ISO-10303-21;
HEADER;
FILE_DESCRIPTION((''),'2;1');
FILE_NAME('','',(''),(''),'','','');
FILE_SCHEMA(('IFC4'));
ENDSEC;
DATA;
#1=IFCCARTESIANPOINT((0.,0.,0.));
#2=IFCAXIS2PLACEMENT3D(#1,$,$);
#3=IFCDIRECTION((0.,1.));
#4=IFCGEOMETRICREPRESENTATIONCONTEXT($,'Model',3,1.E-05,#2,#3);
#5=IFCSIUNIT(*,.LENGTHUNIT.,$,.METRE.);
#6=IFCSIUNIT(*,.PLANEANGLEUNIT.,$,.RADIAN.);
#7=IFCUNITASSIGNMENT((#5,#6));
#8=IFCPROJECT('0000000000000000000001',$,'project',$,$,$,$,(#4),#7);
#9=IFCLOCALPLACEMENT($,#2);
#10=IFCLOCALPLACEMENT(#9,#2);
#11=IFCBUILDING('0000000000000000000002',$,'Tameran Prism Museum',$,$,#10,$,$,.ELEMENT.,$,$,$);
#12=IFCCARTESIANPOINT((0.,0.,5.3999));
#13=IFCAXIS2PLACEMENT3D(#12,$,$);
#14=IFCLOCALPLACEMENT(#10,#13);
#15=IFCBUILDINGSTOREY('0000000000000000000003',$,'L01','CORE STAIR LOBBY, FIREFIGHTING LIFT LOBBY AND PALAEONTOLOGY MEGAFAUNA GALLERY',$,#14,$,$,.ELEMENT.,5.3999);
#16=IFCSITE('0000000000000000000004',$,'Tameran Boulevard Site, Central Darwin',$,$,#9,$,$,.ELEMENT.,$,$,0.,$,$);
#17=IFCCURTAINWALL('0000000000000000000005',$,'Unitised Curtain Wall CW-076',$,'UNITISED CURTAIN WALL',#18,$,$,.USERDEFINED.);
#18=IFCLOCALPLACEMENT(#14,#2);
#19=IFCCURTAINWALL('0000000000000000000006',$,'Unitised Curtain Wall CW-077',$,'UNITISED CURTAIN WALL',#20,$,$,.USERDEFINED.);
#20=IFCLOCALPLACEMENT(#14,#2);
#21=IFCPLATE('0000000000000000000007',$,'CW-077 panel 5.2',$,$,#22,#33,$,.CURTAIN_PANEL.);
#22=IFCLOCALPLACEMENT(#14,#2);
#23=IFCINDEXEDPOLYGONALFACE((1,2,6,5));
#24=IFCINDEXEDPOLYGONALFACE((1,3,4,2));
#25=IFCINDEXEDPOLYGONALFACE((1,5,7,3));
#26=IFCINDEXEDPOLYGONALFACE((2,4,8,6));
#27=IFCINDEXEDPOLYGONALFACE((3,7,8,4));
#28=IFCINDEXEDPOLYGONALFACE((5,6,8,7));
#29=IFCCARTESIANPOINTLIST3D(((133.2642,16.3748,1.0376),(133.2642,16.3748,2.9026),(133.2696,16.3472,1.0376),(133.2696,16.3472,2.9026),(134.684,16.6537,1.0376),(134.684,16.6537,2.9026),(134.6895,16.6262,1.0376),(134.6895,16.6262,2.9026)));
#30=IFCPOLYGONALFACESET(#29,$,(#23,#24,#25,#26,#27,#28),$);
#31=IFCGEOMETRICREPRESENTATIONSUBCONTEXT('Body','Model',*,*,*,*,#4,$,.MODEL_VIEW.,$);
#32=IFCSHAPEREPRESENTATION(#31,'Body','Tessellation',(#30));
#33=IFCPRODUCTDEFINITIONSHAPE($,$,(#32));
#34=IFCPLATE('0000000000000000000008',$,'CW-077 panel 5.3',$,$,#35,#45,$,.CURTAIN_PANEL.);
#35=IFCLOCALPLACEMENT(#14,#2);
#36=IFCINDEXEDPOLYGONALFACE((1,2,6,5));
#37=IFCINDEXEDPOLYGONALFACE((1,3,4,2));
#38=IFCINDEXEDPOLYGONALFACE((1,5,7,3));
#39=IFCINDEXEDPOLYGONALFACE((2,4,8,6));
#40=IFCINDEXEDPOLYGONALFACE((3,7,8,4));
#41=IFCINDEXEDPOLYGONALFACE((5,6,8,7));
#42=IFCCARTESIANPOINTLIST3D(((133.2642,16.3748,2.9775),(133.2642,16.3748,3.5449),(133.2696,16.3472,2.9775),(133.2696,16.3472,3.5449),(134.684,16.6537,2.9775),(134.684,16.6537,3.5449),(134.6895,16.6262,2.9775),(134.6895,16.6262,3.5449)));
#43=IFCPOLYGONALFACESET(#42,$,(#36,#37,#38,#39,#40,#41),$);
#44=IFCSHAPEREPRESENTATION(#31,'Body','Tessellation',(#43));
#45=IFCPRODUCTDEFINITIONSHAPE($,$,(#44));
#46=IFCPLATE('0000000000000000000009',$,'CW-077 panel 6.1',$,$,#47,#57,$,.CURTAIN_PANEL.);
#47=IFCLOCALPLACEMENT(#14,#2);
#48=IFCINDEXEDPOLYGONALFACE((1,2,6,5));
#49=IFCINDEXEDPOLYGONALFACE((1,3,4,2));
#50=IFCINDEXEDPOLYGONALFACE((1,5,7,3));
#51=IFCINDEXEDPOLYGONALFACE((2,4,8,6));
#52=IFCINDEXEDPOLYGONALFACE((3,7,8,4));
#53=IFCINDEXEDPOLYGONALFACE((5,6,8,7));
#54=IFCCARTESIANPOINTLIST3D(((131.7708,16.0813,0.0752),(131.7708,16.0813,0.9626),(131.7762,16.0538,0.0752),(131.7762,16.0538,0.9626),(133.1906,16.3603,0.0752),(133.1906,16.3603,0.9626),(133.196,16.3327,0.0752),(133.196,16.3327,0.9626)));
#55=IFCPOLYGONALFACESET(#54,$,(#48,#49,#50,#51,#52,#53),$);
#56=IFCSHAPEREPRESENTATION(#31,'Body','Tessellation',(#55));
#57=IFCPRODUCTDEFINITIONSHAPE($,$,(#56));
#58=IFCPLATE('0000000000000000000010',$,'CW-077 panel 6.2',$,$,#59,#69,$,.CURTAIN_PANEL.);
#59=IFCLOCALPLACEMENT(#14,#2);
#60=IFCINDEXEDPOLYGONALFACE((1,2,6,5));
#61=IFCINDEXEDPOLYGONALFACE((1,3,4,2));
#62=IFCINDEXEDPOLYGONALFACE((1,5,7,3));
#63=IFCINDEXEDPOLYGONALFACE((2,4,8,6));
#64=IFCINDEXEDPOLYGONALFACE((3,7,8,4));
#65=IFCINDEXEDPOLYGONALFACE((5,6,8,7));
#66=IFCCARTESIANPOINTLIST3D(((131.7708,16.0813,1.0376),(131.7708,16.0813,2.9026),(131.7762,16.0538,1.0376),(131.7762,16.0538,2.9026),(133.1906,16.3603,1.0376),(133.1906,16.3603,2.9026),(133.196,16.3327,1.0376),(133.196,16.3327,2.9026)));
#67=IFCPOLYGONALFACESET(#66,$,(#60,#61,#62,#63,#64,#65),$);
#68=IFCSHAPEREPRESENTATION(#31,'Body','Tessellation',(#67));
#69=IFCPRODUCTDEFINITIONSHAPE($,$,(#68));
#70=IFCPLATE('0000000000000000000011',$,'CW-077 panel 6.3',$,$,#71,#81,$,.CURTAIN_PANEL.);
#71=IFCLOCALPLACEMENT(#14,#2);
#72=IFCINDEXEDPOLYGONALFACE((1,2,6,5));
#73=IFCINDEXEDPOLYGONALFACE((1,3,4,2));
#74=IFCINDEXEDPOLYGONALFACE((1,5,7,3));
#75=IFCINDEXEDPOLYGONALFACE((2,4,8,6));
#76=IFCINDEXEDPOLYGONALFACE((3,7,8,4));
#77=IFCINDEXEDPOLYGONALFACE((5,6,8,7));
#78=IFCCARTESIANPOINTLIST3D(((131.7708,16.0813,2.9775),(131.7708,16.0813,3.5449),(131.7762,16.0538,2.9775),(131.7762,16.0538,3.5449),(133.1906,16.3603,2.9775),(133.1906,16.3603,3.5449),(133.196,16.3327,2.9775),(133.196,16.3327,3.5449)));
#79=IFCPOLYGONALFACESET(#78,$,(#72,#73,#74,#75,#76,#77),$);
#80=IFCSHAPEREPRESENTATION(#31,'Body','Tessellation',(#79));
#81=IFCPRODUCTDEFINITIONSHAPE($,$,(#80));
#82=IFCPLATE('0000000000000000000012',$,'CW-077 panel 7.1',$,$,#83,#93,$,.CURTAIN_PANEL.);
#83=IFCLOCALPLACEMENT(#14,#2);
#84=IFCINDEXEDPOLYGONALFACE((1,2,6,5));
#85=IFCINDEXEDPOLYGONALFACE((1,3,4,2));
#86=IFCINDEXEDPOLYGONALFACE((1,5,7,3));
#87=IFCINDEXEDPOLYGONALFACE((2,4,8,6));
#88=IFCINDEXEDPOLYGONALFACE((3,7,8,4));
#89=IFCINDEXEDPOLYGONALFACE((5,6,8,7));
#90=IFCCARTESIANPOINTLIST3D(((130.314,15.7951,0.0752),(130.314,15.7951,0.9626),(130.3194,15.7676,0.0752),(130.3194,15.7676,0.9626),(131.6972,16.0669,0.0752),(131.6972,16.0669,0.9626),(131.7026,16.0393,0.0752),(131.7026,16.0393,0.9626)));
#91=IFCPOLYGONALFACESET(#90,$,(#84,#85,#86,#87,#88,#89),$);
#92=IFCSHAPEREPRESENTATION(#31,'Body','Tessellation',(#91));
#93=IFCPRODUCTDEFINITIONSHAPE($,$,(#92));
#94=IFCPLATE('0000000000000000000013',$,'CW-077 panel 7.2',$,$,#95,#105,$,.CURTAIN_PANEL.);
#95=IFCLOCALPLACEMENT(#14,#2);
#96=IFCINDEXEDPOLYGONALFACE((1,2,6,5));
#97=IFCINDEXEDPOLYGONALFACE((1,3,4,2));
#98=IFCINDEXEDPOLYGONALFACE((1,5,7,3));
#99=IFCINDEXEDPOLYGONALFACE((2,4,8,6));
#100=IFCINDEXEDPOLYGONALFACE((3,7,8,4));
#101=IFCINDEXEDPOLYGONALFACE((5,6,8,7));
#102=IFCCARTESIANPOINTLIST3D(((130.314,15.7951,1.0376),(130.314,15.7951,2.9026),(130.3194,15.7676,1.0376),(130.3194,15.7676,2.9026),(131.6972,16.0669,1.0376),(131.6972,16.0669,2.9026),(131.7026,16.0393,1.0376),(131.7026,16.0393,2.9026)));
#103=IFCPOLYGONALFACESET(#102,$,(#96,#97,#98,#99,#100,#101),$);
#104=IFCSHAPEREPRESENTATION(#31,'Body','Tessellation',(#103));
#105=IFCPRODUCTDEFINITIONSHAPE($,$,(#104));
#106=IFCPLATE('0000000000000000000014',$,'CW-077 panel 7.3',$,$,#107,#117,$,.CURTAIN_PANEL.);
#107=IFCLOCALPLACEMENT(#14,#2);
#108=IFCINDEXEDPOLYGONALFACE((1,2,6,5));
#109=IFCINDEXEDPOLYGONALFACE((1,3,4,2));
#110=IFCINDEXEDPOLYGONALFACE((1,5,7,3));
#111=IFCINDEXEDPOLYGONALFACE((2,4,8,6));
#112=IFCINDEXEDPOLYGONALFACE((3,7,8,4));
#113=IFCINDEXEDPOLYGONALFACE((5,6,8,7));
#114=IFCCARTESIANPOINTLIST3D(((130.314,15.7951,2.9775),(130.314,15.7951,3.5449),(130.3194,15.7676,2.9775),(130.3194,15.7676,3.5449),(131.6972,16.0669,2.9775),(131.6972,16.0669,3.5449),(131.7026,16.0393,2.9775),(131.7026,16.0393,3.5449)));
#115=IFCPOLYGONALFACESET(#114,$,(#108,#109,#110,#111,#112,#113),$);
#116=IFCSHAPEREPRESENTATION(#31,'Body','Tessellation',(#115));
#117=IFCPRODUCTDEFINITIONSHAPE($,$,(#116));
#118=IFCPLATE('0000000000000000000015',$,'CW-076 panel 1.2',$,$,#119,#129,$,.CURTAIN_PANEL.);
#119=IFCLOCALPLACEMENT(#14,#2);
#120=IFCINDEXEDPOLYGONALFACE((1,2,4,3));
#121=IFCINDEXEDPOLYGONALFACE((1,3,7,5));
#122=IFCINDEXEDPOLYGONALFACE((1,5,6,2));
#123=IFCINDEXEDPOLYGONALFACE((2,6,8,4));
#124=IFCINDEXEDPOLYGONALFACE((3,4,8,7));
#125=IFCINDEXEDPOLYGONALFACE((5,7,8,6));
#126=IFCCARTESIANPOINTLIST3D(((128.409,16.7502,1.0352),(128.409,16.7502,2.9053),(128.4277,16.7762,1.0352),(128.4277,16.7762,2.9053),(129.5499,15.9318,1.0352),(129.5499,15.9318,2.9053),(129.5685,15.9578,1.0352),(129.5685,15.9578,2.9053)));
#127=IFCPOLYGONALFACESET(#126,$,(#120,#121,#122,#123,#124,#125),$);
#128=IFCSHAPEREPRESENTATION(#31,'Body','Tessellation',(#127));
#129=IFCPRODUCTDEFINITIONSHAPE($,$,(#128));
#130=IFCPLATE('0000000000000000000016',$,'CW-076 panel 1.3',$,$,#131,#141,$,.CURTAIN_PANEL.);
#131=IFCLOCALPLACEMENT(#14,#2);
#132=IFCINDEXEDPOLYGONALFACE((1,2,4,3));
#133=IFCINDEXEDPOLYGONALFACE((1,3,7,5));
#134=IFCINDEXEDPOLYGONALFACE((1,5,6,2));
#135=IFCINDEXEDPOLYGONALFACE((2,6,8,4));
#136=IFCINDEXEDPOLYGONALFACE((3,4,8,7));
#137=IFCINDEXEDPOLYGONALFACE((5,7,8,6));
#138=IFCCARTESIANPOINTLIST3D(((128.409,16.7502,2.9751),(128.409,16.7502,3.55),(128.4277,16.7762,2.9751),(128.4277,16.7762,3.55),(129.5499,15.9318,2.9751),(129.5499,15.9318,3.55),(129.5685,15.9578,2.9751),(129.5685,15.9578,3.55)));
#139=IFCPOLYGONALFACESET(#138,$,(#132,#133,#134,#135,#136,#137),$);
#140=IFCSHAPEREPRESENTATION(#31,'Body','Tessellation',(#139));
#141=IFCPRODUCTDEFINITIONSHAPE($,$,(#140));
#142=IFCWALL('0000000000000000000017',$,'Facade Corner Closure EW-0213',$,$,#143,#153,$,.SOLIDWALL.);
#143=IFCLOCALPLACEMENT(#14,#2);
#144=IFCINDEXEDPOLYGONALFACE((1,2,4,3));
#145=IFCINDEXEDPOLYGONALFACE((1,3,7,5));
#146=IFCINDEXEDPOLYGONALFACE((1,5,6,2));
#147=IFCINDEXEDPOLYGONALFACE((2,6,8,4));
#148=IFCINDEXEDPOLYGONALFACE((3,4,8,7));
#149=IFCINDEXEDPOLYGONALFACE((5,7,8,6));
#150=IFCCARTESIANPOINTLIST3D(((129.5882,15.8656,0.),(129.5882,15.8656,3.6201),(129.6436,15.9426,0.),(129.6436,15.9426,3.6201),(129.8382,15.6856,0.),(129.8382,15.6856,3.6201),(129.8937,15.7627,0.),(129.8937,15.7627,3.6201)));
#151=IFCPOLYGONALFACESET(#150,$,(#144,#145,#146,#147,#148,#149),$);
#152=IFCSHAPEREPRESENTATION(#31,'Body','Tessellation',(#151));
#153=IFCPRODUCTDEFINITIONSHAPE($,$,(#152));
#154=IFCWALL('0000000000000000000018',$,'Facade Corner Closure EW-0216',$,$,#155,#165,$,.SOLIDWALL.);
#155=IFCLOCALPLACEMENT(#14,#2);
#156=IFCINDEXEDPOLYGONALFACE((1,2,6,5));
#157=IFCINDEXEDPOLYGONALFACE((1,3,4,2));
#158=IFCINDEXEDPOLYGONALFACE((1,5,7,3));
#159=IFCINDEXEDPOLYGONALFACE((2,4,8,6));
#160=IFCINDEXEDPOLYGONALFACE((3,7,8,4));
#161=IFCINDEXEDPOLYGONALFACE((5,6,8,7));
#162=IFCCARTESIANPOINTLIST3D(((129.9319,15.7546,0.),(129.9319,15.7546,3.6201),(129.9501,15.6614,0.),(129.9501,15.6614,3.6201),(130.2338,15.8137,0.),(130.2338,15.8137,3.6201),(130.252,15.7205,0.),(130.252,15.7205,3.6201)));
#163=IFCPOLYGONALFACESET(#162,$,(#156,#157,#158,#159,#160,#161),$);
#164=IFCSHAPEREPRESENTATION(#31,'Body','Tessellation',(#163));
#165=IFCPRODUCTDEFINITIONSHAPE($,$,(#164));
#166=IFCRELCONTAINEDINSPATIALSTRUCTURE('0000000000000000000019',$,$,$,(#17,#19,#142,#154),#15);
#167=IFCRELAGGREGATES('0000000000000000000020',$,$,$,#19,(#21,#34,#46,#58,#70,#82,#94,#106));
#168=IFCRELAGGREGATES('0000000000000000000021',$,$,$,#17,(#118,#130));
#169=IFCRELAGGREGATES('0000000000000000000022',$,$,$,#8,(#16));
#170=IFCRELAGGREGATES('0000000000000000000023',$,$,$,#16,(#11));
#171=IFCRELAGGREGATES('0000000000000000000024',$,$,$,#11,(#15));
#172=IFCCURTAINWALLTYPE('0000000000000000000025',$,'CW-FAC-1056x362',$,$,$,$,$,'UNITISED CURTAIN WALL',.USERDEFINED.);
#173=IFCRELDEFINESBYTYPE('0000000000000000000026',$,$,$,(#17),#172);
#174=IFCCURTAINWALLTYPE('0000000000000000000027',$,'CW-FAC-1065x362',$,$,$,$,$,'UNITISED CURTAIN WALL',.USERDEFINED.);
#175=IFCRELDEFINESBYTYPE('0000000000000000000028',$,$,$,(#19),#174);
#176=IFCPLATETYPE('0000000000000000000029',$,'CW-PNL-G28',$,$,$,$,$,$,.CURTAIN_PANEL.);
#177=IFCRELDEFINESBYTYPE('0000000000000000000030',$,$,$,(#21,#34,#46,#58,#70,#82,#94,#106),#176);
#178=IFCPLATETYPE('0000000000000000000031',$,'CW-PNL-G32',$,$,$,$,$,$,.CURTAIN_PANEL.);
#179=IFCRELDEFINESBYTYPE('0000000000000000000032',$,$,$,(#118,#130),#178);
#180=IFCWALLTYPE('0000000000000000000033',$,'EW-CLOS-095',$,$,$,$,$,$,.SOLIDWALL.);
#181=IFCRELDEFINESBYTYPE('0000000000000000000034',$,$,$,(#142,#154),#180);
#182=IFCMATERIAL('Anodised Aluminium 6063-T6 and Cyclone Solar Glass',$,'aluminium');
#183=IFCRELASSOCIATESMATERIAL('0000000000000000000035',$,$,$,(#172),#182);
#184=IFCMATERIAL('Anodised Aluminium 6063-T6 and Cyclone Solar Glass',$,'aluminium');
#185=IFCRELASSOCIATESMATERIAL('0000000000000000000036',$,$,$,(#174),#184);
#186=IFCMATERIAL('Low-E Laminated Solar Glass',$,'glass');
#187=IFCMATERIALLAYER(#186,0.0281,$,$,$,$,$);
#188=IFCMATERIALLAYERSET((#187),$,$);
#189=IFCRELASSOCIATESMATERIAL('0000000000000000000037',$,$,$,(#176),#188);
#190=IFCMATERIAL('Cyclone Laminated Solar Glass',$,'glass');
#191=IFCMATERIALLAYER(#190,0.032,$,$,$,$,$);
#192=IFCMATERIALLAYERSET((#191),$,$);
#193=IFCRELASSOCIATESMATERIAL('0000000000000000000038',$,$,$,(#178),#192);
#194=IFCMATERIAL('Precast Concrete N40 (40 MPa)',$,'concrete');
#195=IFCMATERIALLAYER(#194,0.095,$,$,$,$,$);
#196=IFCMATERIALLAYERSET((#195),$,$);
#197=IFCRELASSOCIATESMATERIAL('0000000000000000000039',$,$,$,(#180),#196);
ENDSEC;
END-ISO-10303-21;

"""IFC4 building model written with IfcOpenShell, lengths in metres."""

from ifc_helpers import new_model, si_unit, direction, frame, frame_2d, origin, origin_2d, place, context, subcontext, project, spatial, rectangle, extrude, material, layer, layer_set, type_object, element, aggregate, save


model = new_model("IFC4")

# Units and contexts
model_context = context("Model", 3, precision=1e-05, world=origin(), true_north=direction((0.0, 1.0)))
body_context = subcontext(model_context, "Body", "Model", "MODEL_VIEW")
ifc_project = project(units=[si_unit("LENGTHUNIT", "METRE"), si_unit("PLANEANGLEUNIT", "RADIAN")], contexts=[model_context])

# Site, building, storey
site_placement = place(None, origin())
site = spatial("IfcSite", under=ifc_project, at=site_placement, Name="Tameran Boulevard Site, Central Darwin", CompositionType="ELEMENT", RefElevation=0.0)
building_placement = place(site_placement, origin())
building = spatial("IfcBuilding", under=site, at=building_placement, Name="Tameran Prism Museum", CompositionType="ELEMENT")
storey_placement = place(building_placement, frame((0.0, 0.0, 5.3999)))
storey = spatial("IfcBuildingStorey", under=building, at=storey_placement, Name="L01", Description="CORE STAIR LOBBY, FIREFIGHTING LIFT LOBBY AND PALAEONTOLOGY MEGAFAUNA GALLERY", CompositionType="ELEMENT", Elevation=5.3999)

# Curtain wall
ifc_material_1 = material(Name="Anodised Aluminium 6063-T6 and Cyclone Solar Glass", Category="aluminium")
curtain_wall_type_1 = type_object("IfcCurtainWallType", Name="CW-FAC-1056x362", ElementType="UNITISED CURTAIN WALL", PredefinedType="USERDEFINED", material=ifc_material_1)
curtain_wall_1_placement = place(storey_placement, origin())
curtain_wall_1 = element("IfcCurtainWall", 1, at=curtain_wall_1_placement, inside=storey, type_object=curtain_wall_type_1, Name="Unitised Curtain Wall CW-076", ObjectType="UNITISED CURTAIN WALL", PredefinedType="USERDEFINED")

# Curtain wall
ifc_material_2 = material(Name="Anodised Aluminium 6063-T6 and Cyclone Solar Glass", Category="aluminium")
curtain_wall_type_2 = type_object("IfcCurtainWallType", Name="CW-FAC-1065x362", ElementType="UNITISED CURTAIN WALL", PredefinedType="USERDEFINED", material=ifc_material_2)
curtain_wall_2_placement = place(storey_placement, origin())
curtain_wall_2 = element("IfcCurtainWall", 2, at=curtain_wall_2_placement, inside=storey, type_object=curtain_wall_type_2, Name="Unitised Curtain Wall CW-077", ObjectType="UNITISED CURTAIN WALL", PredefinedType="USERDEFINED")

# Plates
ifc_material_3 = material(Name="Low-E Laminated Solar Glass", Category="glass")
ifc_layer_1 = layer(ifc_material_3, 0.0281)
ifc_layer_set_1 = layer_set([ifc_layer_1])
plate_type_1 = type_object("IfcPlateType", Name="CW-PNL-G28", PredefinedType="CURTAIN_PANEL", material=ifc_layer_set_1)
plate_1_placement = place(storey_placement, frame((133.9768, 16.5005, 1.0376), z_axis=(0.0, 0.0, 1.0), x_axis=(-0.981243, -0.192776, 0.0)))
plate_1 = element("IfcPlate", 3, at=plate_1_placement, type_object=plate_type_1, Name="CW-077 panel 5.2", PredefinedType="CURTAIN_PANEL", context=body_context, shape_type="SweptSolid", body=[
    extrude(rectangle(XDim=1.447, YDim=0.0281, at=origin_2d()), origin(), (0.0, 0.0, 1.0), 1.865),
])
plate_2_placement = place(storey_placement, frame((133.9768, 16.5005, 2.9775), z_axis=(0.0, 0.0, 1.0), x_axis=(-0.981243, -0.192776, 0.0)))
plate_2 = element("IfcPlate", 4, at=plate_2_placement, type_object=plate_type_1, Name="CW-077 panel 5.3", PredefinedType="CURTAIN_PANEL", context=body_context, shape_type="SweptSolid", body=[
    extrude(rectangle(XDim=1.447, YDim=0.0281, at=origin_2d()), origin(), (0.0, 0.0, 1.0), 0.5674),
])
plate_3_placement = place(storey_placement, frame((132.4834, 16.207, 0.0752), z_axis=(0.0, 0.0, 1.0), x_axis=(-0.981243, -0.192776, 0.0)))
plate_3 = element("IfcPlate", 5, at=plate_3_placement, type_object=plate_type_1, Name="CW-077 panel 6.1", PredefinedType="CURTAIN_PANEL", context=body_context, shape_type="SweptSolid", body=[
    extrude(rectangle(XDim=1.447, YDim=0.0281, at=origin_2d()), origin(), (0.0, 0.0, 1.0), 0.8875),
])
plate_4_placement = place(storey_placement, frame((132.4834, 16.207, 1.0376), z_axis=(0.0, 0.0, 1.0), x_axis=(-0.981243, -0.192776, 0.0)))
plate_4 = element("IfcPlate", 6, at=plate_4_placement, type_object=plate_type_1, Name="CW-077 panel 6.2", PredefinedType="CURTAIN_PANEL", context=body_context, shape_type="SweptSolid", body=[
    extrude(rectangle(XDim=1.447, YDim=0.0281, at=origin_2d()), origin(), (0.0, 0.0, 1.0), 1.865),
])
plate_5_placement = place(storey_placement, frame((132.4834, 16.207, 2.9775), z_axis=(0.0, 0.0, 1.0), x_axis=(-0.981243, -0.192776, 0.0)))
plate_5 = element("IfcPlate", 7, at=plate_5_placement, type_object=plate_type_1, Name="CW-077 panel 6.3", PredefinedType="CURTAIN_PANEL", context=body_context, shape_type="SweptSolid", body=[
    extrude(rectangle(XDim=1.447, YDim=0.0281, at=origin_2d()), origin(), (0.0, 0.0, 1.0), 0.5674),
])
plate_6_placement = place(storey_placement, frame((131.0083, 15.9172, 0.0752), z_axis=(0.0, 0.0, 1.0), x_axis=(-0.981243, -0.192776, 0.0)))
plate_6 = element("IfcPlate", 8, at=plate_6_placement, type_object=plate_type_1, Name="CW-077 panel 7.1", PredefinedType="CURTAIN_PANEL", context=body_context, shape_type="SweptSolid", body=[
    extrude(rectangle(XDim=1.4097, YDim=0.0281, at=origin_2d()), origin(), (0.0, 0.0, 1.0), 0.8875),
])
plate_7_placement = place(storey_placement, frame((131.0083, 15.9172, 1.0376), z_axis=(0.0, 0.0, 1.0), x_axis=(-0.981243, -0.192776, 0.0)))
plate_7 = element("IfcPlate", 9, at=plate_7_placement, type_object=plate_type_1, Name="CW-077 panel 7.2", PredefinedType="CURTAIN_PANEL", context=body_context, shape_type="SweptSolid", body=[
    extrude(rectangle(XDim=1.4097, YDim=0.0281, at=origin_2d()), origin(), (0.0, 0.0, 1.0), 1.865),
])
plate_8_placement = place(storey_placement, frame((131.0083, 15.9172, 2.9775), z_axis=(0.0, 0.0, 1.0), x_axis=(-0.981243, -0.192776, 0.0)))
plate_8 = element("IfcPlate", 10, at=plate_8_placement, type_object=plate_type_1, Name="CW-077 panel 7.3", PredefinedType="CURTAIN_PANEL", context=body_context, shape_type="SweptSolid", body=[
    extrude(rectangle(XDim=1.4097, YDim=0.0281, at=origin_2d()), origin(), (0.0, 0.0, 1.0), 0.5674),
])
aggregate(curtain_wall_2, [plate_1, plate_2, plate_3, plate_4, plate_5, plate_6, plate_7, plate_8])
ifc_material_4 = material(Name="Cyclone Laminated Solar Glass", Category="glass")
ifc_layer_2 = layer(ifc_material_4, 0.032)
ifc_layer_set_2 = layer_set([ifc_layer_2])
plate_type_2 = type_object("IfcPlateType", Name="CW-PNL-G32", PredefinedType="CURTAIN_PANEL", material=ifc_layer_set_2)
plate_9_placement = place(storey_placement, frame((128.9888, 16.354, 1.0352), z_axis=(0.0, 0.0, 1.0), x_axis=(-0.812555, 0.582885, 0.0)))
plate_9 = element("IfcPlate", 11, at=plate_9_placement, type_object=plate_type_2, Name="CW-076 panel 1.2", PredefinedType="CURTAIN_PANEL", context=body_context, shape_type="SweptSolid", body=[
    extrude(rectangle(XDim=1.4041, YDim=0.032, at=origin_2d()), origin(), (0.0, 0.0, 1.0), 1.8701),
])
plate_10_placement = place(storey_placement, frame((128.9888, 16.354, 2.9751), z_axis=(0.0, 0.0, 1.0), x_axis=(-0.812555, 0.582885, 0.0)))
plate_10 = element("IfcPlate", 12, at=plate_10_placement, type_object=plate_type_2, Name="CW-076 panel 1.3", PredefinedType="CURTAIN_PANEL", context=body_context, shape_type="SweptSolid", body=[
    extrude(rectangle(XDim=1.4041, YDim=0.032, at=origin_2d()), origin(), (0.0, 0.0, 1.0), 0.575),
])
aggregate(curtain_wall_1, [plate_9, plate_10])

# Walls
ifc_material_5 = material(Name="Precast Concrete N40 (40 MPa)", Category="concrete")
ifc_layer_3 = layer(ifc_material_5, 0.095)
ifc_layer_set_3 = layer_set([ifc_layer_3])
wall_type = type_object("IfcWallType", Name="EW-CLOS-095", PredefinedType="SOLIDWALL", material=ifc_layer_set_3)
wall_1_placement = place(storey_placement, frame((129.866, 15.7241, 0.0), z_axis=(0.0, 0.0, 1.0), x_axis=(-0.81164, 0.584159, 0.0)))
element("IfcWall", 13, at=wall_1_placement, inside=storey, type_object=wall_type, Name="Facade Corner Closure EW-0213", PredefinedType="SOLIDWALL", context=body_context, shape_type="SweptSolid", body=[
    extrude(rectangle(XDim=0.3081, YDim=0.095, at=frame_2d((0.1541, 0.0))), origin(), (0.0, 0.0, 1.0), 3.6201),
])
wall_2_placement = place(storey_placement, frame((130.2429, 15.7671, 0.0), z_axis=(0.0, 0.0, 1.0), x_axis=(-0.981396, -0.191995, 0.0)))
element("IfcWall", 14, at=wall_2_placement, inside=storey, type_object=wall_type, Name="Facade Corner Closure EW-0216", PredefinedType="SOLIDWALL", context=body_context, shape_type="SweptSolid", body=[
    extrude(rectangle(XDim=0.3076, YDim=0.095, at=frame_2d((0.1538, 0.0))), origin(), (0.0, 0.0, 1.0), 3.6201),
])

save(model, "model.ifc")
